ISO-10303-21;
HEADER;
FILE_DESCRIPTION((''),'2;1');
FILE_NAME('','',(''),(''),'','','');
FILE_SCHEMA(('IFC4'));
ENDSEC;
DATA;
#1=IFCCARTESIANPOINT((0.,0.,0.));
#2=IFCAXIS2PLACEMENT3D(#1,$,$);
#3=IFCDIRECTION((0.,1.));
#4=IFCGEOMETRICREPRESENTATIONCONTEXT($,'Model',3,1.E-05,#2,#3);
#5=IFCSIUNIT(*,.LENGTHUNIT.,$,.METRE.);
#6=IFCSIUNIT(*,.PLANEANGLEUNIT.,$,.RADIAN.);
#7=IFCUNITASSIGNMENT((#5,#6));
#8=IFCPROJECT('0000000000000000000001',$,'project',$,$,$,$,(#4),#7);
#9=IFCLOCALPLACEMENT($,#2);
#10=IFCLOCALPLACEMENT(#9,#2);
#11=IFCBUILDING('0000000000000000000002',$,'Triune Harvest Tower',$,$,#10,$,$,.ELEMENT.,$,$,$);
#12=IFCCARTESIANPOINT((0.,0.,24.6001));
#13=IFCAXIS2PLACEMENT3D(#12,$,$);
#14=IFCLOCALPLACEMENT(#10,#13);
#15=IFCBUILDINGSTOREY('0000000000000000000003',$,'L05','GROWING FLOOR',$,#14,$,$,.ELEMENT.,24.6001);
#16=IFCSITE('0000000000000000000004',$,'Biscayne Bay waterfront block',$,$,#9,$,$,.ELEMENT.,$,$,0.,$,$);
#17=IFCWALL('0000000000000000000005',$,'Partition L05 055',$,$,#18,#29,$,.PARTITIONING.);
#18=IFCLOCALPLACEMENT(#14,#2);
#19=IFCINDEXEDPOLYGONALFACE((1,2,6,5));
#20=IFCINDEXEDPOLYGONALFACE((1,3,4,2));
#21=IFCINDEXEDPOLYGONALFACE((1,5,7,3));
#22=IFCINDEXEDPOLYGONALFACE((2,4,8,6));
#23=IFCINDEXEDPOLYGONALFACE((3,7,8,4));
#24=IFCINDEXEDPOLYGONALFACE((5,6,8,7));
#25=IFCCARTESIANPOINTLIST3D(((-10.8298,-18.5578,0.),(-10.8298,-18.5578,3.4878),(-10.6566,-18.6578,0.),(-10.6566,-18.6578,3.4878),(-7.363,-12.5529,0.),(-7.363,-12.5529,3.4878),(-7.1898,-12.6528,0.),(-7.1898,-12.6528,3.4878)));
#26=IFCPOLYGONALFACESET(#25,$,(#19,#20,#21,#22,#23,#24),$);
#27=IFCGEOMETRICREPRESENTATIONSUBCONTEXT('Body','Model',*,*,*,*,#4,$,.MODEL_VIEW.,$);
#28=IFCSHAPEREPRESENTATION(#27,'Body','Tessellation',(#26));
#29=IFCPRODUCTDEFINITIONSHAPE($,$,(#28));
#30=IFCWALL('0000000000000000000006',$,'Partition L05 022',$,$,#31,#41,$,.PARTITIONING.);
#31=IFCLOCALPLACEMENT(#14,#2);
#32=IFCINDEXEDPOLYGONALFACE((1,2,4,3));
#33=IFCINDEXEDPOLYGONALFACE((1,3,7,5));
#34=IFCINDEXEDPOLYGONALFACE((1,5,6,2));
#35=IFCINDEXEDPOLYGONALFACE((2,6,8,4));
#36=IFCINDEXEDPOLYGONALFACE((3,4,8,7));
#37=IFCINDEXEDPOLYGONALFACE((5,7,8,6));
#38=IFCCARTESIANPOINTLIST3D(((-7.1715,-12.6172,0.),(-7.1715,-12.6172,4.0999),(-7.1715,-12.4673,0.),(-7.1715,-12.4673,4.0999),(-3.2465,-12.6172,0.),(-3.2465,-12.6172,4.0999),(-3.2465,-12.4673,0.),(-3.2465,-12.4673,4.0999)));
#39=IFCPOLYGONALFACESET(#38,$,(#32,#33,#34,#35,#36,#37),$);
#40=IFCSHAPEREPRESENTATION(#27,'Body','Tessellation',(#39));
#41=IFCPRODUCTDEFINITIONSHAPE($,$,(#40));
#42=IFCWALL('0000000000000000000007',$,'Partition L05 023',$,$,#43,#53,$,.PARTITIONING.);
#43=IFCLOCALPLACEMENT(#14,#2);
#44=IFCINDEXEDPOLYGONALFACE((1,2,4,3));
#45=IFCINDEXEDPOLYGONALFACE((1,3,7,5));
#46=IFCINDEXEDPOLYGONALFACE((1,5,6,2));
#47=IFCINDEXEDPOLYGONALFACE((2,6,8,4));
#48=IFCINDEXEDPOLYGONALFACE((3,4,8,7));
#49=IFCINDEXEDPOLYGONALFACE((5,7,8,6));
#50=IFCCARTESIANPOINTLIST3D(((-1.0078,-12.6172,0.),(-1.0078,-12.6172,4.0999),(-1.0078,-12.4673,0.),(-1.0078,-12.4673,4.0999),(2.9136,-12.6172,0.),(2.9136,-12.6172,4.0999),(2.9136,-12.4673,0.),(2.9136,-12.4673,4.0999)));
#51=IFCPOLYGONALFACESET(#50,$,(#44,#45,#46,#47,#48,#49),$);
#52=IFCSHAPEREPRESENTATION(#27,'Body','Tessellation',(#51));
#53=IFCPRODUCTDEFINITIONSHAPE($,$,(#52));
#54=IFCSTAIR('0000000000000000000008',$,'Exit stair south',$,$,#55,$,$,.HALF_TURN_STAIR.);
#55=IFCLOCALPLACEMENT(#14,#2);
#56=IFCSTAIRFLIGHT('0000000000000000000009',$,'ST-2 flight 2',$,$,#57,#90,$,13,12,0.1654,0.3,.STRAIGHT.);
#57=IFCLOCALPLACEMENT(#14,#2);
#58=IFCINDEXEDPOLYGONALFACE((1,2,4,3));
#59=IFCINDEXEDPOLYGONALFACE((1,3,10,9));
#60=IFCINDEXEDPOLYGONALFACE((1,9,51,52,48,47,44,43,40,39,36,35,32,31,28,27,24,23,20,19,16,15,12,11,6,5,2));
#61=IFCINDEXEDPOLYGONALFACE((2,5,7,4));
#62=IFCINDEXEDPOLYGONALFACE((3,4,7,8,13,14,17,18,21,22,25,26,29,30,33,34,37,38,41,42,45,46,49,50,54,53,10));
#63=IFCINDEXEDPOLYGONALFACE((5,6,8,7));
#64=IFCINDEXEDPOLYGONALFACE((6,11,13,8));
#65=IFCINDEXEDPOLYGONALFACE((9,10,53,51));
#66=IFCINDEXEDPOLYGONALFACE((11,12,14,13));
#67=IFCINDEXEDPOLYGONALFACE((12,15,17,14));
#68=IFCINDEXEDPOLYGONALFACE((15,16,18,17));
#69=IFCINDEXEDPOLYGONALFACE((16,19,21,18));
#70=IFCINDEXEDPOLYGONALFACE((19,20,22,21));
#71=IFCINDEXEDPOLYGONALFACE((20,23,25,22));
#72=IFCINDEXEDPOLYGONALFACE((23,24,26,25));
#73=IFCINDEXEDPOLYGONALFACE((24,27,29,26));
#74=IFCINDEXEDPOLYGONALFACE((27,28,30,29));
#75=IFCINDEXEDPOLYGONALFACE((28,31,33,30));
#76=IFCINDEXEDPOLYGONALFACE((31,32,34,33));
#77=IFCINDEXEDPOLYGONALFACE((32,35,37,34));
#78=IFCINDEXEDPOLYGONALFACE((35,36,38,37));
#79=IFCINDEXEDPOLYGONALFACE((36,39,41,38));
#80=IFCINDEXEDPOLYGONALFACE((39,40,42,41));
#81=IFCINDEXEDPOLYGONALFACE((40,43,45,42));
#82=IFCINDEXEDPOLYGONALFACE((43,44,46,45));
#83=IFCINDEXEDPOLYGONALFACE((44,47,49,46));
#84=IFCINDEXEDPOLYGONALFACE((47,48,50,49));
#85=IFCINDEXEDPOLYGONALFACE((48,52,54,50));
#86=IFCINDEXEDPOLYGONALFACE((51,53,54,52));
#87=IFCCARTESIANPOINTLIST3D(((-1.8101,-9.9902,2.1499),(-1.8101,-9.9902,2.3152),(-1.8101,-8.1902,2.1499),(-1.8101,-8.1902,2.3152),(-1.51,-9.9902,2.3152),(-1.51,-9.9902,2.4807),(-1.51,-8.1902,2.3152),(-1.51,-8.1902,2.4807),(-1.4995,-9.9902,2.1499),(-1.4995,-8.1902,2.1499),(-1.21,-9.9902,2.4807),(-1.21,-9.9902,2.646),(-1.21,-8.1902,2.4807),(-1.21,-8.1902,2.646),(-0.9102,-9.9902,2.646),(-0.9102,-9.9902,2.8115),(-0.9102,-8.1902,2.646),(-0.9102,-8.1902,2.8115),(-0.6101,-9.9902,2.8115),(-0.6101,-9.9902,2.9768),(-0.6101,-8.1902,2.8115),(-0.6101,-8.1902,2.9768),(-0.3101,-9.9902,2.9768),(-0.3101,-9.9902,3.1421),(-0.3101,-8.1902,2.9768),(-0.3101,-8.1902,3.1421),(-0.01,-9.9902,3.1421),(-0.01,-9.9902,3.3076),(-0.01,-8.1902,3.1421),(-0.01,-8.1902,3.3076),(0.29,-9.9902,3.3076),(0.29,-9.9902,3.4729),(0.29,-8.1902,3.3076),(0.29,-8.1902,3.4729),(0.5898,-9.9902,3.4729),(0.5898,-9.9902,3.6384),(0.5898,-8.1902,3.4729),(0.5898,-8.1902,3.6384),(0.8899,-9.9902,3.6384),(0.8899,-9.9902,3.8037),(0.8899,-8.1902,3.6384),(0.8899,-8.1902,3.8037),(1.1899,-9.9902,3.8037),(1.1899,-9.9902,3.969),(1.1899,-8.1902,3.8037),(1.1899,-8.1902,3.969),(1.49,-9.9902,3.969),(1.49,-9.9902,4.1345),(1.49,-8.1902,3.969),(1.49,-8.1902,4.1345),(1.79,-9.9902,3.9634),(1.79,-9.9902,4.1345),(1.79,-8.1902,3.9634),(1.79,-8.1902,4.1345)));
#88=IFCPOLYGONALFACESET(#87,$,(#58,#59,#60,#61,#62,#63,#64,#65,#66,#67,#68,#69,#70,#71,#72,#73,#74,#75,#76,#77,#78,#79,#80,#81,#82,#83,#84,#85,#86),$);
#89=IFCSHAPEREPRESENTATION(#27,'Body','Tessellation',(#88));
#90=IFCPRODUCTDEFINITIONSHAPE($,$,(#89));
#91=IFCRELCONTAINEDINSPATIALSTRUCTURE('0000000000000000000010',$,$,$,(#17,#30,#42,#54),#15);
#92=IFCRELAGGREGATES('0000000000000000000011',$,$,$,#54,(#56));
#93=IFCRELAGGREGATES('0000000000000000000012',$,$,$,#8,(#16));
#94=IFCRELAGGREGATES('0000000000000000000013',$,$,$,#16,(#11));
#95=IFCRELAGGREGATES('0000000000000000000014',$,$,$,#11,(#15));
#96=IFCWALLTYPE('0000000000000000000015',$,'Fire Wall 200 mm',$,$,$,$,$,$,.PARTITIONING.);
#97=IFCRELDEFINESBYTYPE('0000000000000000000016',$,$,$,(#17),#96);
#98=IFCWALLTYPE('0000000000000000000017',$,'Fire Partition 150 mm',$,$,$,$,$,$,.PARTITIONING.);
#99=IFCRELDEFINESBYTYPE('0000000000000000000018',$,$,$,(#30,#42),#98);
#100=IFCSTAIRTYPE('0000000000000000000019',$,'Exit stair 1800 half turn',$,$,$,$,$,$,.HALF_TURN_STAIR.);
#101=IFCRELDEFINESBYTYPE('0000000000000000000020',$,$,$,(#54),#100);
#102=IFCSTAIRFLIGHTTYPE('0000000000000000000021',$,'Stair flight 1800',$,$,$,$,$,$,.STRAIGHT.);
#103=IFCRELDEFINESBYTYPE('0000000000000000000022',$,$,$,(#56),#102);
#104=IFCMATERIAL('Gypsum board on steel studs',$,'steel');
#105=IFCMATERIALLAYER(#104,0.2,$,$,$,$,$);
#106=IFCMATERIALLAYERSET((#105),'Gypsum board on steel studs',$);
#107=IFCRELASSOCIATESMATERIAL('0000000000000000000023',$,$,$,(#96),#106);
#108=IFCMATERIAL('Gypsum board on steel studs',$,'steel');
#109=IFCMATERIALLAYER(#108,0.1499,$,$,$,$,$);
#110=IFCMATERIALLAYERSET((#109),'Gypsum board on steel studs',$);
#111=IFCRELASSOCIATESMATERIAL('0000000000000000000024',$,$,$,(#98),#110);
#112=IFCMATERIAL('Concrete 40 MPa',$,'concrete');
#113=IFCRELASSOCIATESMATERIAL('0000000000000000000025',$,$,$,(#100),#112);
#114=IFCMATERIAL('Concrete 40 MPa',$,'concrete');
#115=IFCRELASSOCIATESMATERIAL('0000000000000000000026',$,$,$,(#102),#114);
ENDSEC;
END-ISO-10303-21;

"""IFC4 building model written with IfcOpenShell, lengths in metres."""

from ifc_helpers import new_model, si_unit, direction, frame, frame_2d, origin, place, context, subcontext, project, spatial, polyline, rectangle, outline, extrude, source, transform, mapped, material, layer, layer_set, type_object, element, aggregate, save


model = new_model("IFC4")

# Units and contexts
model_context = context("Model", 3, precision=1e-05, world=origin(), true_north=direction((0.0, 1.0)))
body_context = subcontext(model_context, "Body", "Model", "MODEL_VIEW")
ifc_project = project(units=[si_unit("LENGTHUNIT", "METRE"), si_unit("PLANEANGLEUNIT", "RADIAN")], contexts=[model_context])

# Site, building, storey
site_placement = place(None, origin())
site = spatial("IfcSite", under=ifc_project, at=site_placement, Name="Biscayne Bay waterfront block", CompositionType="ELEMENT", RefElevation=0.0)
building_placement = place(site_placement, origin())
building = spatial("IfcBuilding", under=site, at=building_placement, Name="Triune Harvest Tower", CompositionType="ELEMENT")
storey_placement = place(building_placement, frame((0.0, 0.0, 24.6001)))
storey = spatial("IfcBuildingStorey", under=building, at=storey_placement, Name="L05", Description="GROWING FLOOR", CompositionType="ELEMENT", Elevation=24.6001)

# Walls
ifc_material_1 = material(Name="Gypsum board on steel studs", Category="steel")
ifc_layer_1 = layer(ifc_material_1, 0.2)
ifc_layer_set_1 = layer_set([ifc_layer_1], Name="Gypsum board on steel studs")
wall_type_1 = type_object("IfcWallType", Name="Fire Wall 200 mm", PredefinedType="PARTITIONING", material=ifc_layer_set_1)
shared_shape_1 = source(origin(), body_context, "Body", "SweptSolid", [
    extrude(rectangle(XDim=6.9338, YDim=0.2, at=frame_2d((3.4668, 0.0))), origin(), (0.0, 0.0, 1.0), 3.4878),
])
wall_1_placement = place(storey_placement, frame((-10.7432, -18.6077, 0.0), z_axis=(0.0, 0.0, 1.0), x_axis=(0.499987, 0.866033, 0.0)))
element("IfcWall", 1, at=wall_1_placement, inside=storey, type_object=wall_type_1, Name="Partition L05 055", PredefinedType="PARTITIONING", context=body_context, shape_type="MappedRepresentation", body=[
    mapped(shared_shape_1, transform((0.0, 0.0, 0.0), scale=1.0)),
])
ifc_material_2 = material(Name="Gypsum board on steel studs", Category="steel")
ifc_layer_2 = layer(ifc_material_2, 0.1499)
ifc_layer_set_2 = layer_set([ifc_layer_2], Name="Gypsum board on steel studs")
wall_type_2 = type_object("IfcWallType", Name="Fire Partition 150 mm", PredefinedType="PARTITIONING", material=ifc_layer_set_2)
shared_shape_2 = source(origin(), body_context, "Body", "SweptSolid", [
    extrude(rectangle(XDim=3.925, YDim=0.1499, at=frame_2d((1.9624, 0.0))), origin(), (0.0, 0.0, 1.0), 4.0999),
])
wall_2_placement = place(storey_placement, frame((-7.1714, -12.5422, 0.0), z_axis=(0.0, 0.0, 1.0), x_axis=(1.0, 0.0, 0.0)))
element("IfcWall", 2, at=wall_2_placement, inside=storey, type_object=wall_type_2, Name="Partition L05 022", PredefinedType="PARTITIONING", context=body_context, shape_type="MappedRepresentation", body=[
    mapped(shared_shape_2, transform((0.0, 0.0, 0.0), scale=1.0)),
])
shared_shape_3 = source(origin(), body_context, "Body", "SweptSolid", [
    extrude(rectangle(XDim=3.9214, YDim=0.1499, at=frame_2d((1.9607, 0.0))), origin(), (0.0, 0.0, 1.0), 4.0999),
])
wall_3_placement = place(storey_placement, frame((-1.0078, -12.5422, 0.0), z_axis=(0.0, 0.0, 1.0), x_axis=(1.0, 0.0, 0.0)))
element("IfcWall", 3, at=wall_3_placement, inside=storey, type_object=wall_type_2, Name="Partition L05 023", PredefinedType="PARTITIONING", context=body_context, shape_type="MappedRepresentation", body=[
    mapped(shared_shape_3, transform((0.0, 0.0, 0.0), scale=1.0)),
])

# Stair, stair flight
ifc_material_3 = material(Name="Concrete 40 MPa", Category="concrete")
stair_type = type_object("IfcStairType", Name="Exit stair 1800 half turn", PredefinedType="HALF_TURN_STAIR", material=ifc_material_3)
stair_placement = place(storey_placement, origin())
stair = element("IfcStair", 4, at=stair_placement, inside=storey, type_object=stair_type, Name="Exit stair south", PredefinedType="HALF_TURN_STAIR")
ifc_material_4 = material(Name="Concrete 40 MPa", Category="concrete")
stair_flight_type = type_object("IfcStairFlightType", Name="Stair flight 1800", PredefinedType="STRAIGHT", material=ifc_material_4)
shared_shape_4 = source(origin(), body_context, "Body", "SweptSolid", [
    extrude(outline(polyline([(0.0, 0.0), (0.0, 0.1653), (0.3, 0.1653), (0.3, 0.3308), (0.6001, 0.3308), (0.6001, 0.4961), (0.8999, 0.4961), (0.8999, 0.6616), (1.2, 0.6616), (1.2, 0.8269), (1.5, 0.8269), (1.5, 0.9922), (1.8, 0.9922), (1.8, 1.1577), (2.1001, 1.1577), (2.1001, 1.323), (2.3999, 1.323), (2.3999, 1.4885), (2.7, 1.4885), (2.7, 1.6538), (3.0, 1.6538), (3.0, 1.8191), (3.3, 1.8191), (3.3, 1.9846), (3.6001, 1.9846), (3.6001, 2.1499), (3.6001, 1.8135), (0.3105, 0.0), (0.0, 0.0)])), frame((0.0, 0.8999, 0.0), z_axis=(0.0, -1.0, 0.0), x_axis=(1.0, 0.0, 0.0)), (0.0, 0.0, 1.0), 1.8),
])
stair_flight_placement = place(storey_placement, frame((-1.8101, -9.0901, 2.1499), z_axis=(0.0, 0.0, 1.0), x_axis=(1.0, 0.0, 0.0)))
stair_flight = element("IfcStairFlight", 5, at=stair_flight_placement, type_object=stair_flight_type, Name="ST-2 flight 2", NumberOfRisers=13, NumberOfTreads=12, PredefinedType="STRAIGHT", RiserHeight=0.1654, TreadLength=0.3, context=body_context, shape_type="MappedRepresentation", body=[
    mapped(shared_shape_4, transform((0.0, 0.0, 0.0), scale=1.0)),
])
aggregate(stair, [stair_flight])

save(model, "model.ifc")
